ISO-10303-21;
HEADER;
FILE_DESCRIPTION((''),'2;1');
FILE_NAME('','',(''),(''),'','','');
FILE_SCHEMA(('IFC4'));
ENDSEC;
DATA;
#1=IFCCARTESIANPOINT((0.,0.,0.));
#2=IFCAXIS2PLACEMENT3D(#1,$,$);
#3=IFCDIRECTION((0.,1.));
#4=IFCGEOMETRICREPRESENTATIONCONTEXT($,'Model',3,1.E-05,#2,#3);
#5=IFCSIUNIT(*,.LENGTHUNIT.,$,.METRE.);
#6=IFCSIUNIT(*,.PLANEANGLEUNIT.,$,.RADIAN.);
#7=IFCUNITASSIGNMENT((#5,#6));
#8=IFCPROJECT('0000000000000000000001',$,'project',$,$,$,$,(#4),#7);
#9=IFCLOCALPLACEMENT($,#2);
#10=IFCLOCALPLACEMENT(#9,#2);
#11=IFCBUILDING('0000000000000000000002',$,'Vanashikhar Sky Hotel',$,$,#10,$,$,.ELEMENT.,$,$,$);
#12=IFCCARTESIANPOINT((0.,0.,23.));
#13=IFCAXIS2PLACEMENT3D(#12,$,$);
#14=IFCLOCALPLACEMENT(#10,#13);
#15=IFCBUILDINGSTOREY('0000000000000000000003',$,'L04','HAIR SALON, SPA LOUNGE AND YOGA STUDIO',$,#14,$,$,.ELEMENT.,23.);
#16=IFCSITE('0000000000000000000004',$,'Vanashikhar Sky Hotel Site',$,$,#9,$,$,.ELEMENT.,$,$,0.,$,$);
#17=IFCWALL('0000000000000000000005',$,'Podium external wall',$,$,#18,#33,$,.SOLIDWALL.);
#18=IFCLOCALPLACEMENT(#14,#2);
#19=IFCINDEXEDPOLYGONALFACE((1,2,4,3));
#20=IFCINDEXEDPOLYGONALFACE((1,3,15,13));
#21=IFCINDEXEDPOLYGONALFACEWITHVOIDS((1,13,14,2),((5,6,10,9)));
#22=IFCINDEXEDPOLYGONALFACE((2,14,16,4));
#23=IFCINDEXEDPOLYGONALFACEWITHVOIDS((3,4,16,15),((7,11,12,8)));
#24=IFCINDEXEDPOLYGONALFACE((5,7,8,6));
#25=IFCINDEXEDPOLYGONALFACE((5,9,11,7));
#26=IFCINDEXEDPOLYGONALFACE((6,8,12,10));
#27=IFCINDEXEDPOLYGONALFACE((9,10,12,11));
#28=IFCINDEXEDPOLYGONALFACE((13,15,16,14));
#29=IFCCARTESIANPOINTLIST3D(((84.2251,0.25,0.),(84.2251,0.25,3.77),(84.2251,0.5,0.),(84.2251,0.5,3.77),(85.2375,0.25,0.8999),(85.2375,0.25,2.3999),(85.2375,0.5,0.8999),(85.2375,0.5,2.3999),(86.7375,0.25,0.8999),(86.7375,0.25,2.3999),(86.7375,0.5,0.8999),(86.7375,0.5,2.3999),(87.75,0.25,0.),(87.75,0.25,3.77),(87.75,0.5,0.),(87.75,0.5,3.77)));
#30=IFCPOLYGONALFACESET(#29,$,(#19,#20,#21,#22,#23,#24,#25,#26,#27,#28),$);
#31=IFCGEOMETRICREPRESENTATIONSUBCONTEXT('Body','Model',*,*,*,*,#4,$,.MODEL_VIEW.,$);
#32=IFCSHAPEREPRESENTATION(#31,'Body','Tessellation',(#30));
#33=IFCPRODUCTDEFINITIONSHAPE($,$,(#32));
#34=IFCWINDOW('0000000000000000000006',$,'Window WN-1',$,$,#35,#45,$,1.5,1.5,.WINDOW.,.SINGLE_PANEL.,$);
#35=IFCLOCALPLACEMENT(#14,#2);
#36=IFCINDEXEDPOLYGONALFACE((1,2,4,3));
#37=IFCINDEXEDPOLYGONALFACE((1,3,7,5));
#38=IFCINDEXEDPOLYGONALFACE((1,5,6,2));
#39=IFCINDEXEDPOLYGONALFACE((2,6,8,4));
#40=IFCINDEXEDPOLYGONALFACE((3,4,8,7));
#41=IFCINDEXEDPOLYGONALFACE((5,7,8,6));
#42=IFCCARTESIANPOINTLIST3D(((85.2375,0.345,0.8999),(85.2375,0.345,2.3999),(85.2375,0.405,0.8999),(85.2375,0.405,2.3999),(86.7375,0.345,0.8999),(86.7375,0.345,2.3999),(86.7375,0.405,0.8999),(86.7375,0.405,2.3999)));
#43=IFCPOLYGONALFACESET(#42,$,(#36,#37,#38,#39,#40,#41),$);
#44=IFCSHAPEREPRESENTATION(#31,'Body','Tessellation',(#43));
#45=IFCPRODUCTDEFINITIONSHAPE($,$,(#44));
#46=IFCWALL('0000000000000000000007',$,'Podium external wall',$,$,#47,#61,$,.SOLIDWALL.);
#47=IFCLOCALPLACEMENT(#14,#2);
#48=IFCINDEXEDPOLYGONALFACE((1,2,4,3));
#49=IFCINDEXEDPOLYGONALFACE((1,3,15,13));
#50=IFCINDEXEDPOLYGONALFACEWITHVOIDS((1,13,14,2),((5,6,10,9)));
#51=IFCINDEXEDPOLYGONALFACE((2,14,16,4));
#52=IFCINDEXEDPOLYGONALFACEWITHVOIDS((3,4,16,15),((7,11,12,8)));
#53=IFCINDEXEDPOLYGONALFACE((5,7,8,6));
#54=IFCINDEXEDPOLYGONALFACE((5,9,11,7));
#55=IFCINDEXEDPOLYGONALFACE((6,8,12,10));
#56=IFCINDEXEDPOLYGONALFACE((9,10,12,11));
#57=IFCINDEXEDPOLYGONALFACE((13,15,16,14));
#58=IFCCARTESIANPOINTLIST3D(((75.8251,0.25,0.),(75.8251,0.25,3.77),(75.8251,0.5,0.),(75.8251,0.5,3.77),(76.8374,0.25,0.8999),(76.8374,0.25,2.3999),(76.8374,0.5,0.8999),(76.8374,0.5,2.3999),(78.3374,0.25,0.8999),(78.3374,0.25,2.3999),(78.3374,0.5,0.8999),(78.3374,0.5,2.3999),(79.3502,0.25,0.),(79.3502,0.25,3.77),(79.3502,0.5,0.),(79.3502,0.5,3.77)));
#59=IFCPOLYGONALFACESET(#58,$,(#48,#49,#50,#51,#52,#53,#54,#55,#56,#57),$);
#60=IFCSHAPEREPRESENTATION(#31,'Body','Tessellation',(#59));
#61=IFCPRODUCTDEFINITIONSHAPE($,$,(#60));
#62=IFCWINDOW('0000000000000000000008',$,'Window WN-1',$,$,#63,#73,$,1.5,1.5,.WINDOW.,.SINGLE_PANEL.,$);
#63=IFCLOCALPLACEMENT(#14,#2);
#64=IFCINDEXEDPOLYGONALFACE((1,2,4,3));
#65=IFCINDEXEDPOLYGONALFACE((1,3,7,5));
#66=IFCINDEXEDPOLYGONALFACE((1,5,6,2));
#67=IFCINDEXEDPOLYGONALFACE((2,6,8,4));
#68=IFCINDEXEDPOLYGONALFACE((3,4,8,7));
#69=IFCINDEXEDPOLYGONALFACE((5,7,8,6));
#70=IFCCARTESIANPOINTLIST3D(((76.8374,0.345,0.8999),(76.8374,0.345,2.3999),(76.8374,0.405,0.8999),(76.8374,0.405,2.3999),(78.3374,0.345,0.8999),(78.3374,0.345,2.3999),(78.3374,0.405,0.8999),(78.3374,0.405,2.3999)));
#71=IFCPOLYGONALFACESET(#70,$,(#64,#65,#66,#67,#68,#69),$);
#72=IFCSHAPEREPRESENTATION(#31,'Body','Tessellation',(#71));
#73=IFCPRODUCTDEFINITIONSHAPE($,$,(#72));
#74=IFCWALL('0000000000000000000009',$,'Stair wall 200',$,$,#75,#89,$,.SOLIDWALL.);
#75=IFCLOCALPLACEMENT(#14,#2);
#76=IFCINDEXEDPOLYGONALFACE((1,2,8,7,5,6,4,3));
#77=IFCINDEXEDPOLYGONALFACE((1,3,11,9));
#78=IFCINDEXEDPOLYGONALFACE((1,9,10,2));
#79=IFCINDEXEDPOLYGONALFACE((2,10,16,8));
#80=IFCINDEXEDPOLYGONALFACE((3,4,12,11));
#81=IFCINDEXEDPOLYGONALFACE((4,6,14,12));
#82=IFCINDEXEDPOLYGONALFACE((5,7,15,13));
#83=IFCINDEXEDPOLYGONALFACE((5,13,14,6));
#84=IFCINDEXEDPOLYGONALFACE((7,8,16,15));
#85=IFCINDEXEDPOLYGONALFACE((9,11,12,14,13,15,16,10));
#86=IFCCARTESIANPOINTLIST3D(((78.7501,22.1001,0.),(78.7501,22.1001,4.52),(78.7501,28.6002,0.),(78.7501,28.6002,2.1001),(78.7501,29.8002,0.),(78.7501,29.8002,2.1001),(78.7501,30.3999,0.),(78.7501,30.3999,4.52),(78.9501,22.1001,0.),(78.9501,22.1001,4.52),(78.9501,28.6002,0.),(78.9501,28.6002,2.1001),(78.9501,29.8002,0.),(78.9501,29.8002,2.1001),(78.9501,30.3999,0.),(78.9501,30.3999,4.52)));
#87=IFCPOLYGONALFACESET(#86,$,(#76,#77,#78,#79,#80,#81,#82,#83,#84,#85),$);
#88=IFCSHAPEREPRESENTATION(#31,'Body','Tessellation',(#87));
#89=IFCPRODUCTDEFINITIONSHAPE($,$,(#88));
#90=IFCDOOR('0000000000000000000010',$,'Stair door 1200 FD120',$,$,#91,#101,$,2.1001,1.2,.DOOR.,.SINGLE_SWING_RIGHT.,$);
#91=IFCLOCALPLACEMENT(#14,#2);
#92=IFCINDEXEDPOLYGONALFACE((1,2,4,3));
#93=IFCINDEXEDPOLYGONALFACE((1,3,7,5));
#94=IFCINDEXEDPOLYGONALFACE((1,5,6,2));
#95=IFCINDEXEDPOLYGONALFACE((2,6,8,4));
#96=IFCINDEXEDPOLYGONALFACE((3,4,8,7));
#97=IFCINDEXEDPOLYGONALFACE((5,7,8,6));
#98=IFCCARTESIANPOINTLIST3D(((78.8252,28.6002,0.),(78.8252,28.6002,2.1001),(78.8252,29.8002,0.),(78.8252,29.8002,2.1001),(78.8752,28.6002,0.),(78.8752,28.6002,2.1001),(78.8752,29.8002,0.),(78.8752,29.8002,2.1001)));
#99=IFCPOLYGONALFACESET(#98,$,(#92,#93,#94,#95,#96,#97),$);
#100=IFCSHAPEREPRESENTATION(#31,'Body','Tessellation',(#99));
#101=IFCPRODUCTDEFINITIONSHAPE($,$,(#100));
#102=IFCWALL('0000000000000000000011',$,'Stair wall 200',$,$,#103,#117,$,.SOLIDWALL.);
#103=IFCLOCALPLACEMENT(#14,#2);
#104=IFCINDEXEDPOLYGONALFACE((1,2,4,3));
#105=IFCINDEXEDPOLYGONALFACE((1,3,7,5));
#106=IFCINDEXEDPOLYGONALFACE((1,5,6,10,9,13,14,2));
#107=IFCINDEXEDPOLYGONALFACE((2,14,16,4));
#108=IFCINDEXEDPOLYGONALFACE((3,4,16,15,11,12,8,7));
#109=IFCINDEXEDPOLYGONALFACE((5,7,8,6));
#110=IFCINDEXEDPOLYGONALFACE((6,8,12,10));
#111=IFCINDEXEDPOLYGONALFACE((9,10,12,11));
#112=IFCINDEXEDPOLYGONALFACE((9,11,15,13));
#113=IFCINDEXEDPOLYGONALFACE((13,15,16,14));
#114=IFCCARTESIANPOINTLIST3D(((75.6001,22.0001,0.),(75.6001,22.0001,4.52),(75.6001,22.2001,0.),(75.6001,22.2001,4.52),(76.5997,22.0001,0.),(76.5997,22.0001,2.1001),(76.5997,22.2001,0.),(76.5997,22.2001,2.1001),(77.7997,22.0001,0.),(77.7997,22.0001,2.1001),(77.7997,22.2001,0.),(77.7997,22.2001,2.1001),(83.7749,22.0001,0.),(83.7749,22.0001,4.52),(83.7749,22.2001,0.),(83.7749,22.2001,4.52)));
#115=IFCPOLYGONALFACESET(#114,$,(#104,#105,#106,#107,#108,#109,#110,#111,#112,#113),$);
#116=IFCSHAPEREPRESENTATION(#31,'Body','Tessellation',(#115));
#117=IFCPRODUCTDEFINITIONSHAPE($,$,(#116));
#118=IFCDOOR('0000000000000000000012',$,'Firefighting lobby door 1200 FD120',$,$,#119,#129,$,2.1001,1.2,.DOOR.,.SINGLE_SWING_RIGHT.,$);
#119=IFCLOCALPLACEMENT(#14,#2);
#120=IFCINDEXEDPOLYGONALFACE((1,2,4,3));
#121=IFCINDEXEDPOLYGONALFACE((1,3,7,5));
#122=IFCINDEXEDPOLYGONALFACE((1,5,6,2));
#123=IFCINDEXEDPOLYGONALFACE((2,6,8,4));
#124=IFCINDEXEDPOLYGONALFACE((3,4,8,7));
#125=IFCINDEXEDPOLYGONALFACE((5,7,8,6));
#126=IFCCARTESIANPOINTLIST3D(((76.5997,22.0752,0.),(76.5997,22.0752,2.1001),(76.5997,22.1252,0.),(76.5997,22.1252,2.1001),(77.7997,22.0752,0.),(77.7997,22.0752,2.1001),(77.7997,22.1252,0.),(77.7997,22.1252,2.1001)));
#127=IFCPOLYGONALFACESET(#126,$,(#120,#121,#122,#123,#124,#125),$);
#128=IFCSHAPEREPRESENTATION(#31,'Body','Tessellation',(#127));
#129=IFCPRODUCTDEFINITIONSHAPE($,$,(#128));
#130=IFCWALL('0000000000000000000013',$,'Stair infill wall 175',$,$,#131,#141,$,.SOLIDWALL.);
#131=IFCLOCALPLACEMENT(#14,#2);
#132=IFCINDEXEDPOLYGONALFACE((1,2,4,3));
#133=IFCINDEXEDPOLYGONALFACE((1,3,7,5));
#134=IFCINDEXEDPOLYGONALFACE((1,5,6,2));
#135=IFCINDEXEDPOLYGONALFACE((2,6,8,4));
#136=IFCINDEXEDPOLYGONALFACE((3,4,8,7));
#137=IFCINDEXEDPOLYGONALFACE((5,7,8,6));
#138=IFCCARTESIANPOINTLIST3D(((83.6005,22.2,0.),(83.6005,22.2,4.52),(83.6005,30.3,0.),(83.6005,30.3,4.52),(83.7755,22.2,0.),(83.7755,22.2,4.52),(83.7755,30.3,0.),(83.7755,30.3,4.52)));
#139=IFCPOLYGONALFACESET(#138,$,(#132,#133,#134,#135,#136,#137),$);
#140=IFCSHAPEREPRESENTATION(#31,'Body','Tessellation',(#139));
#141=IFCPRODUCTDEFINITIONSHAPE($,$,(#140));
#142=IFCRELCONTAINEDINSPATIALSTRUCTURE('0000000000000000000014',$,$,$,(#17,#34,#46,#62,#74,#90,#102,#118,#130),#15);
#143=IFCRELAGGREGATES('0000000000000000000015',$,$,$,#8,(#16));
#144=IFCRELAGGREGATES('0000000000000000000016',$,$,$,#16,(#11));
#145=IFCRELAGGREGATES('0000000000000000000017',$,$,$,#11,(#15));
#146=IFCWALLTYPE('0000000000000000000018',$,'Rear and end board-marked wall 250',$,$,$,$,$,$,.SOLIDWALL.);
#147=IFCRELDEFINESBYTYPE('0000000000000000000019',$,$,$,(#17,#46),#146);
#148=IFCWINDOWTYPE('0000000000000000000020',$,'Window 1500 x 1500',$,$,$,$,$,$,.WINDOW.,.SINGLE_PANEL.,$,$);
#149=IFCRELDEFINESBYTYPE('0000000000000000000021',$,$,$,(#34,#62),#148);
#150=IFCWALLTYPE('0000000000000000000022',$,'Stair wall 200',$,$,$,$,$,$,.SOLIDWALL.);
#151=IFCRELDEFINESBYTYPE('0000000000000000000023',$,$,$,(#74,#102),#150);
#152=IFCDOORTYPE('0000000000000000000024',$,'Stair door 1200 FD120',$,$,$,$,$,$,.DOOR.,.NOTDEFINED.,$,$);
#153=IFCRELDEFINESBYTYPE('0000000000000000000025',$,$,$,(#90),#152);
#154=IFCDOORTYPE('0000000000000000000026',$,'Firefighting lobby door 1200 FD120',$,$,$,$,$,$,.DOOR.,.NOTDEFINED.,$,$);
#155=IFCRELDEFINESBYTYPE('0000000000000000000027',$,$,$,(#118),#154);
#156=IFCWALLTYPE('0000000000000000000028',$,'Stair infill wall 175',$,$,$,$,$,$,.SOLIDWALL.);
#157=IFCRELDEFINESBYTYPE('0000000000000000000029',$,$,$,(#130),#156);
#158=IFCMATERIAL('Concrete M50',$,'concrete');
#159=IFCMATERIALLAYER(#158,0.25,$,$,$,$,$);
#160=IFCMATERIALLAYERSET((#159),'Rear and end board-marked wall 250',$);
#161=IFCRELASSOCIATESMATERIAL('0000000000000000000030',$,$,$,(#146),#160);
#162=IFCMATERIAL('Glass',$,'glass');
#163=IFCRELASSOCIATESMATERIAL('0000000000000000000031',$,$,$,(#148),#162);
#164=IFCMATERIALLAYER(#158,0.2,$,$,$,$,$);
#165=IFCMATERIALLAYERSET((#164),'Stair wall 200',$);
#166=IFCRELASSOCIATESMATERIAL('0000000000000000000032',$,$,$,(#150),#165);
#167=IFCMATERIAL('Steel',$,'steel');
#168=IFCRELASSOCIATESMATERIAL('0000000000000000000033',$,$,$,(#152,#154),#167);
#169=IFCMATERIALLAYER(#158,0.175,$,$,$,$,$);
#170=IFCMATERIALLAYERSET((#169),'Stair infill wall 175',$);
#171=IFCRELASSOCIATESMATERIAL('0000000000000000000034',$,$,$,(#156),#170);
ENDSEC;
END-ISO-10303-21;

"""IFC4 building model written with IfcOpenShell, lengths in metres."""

from ifc_helpers import new_model, si_unit, direction, frame, frame_2d, origin, place, context, subcontext, project, spatial, rectangle, extrude, source, transform, mapped, material, layer, layer_set, type_object, element, fill, save


model = new_model("IFC4")

# Units and contexts
model_context = context("Model", 3, precision=1e-05, world=origin(), true_north=direction((0.0, 1.0)))
body_context = subcontext(model_context, "Body", "Model", "MODEL_VIEW")
ifc_project = project(units=[si_unit("LENGTHUNIT", "METRE"), si_unit("PLANEANGLEUNIT", "RADIAN")], contexts=[model_context])

# Site, building, storey
site_placement = place(None, origin())
site = spatial("IfcSite", under=ifc_project, at=site_placement, Name="Vanashikhar Sky Hotel Site", CompositionType="ELEMENT", RefElevation=0.0)
building_placement = place(site_placement, origin())
building = spatial("IfcBuilding", under=site, at=building_placement, Name="Vanashikhar Sky Hotel", CompositionType="ELEMENT")
storey_placement = place(building_placement, frame((0.0, 0.0, 23.0)))
storey = spatial("IfcBuildingStorey", under=building, at=storey_placement, Name="L04", Description="HAIR SALON, SPA LOUNGE AND YOGA STUDIO", CompositionType="ELEMENT", Elevation=23.0)

# Shared definitions
ifc_material_1 = material(Name="Concrete M50", Category="concrete")

# Walls, openings, windows
ifc_layer_1 = layer(ifc_material_1, 0.25)
ifc_layer_set_1 = layer_set([ifc_layer_1], Name="Rear and end board-marked wall 250")
wall_type_1 = type_object("IfcWallType", Name="Rear and end board-marked wall 250", PredefinedType="SOLIDWALL", material=ifc_layer_set_1)
shared_shape_1 = source(origin(), body_context, "Body", "SweptSolid", [
    extrude(rectangle(XDim=3.5249, YDim=0.25, at=frame_2d((1.7625, 0.0))), origin(), (0.0, 0.0, 1.0), 3.77),
])
shared_shape_2 = source(origin(), body_context, "Body", "SweptSolid", [
    extrude(rectangle(XDim=1.5, YDim=1.5, at=frame_2d((0.75, 0.75))), frame((0.0, 0.135, 0.0), z_axis=(0.0, -1.0, 0.0), x_axis=(1.0, 0.0, 0.0)), (0.0, 0.0, 1.0), 0.27),
])
ifc_material_2 = material(Name="Glass", Category="glass")
window_type = type_object("IfcWindowType", Name="Window 1500 x 1500", PartitioningType="SINGLE_PANEL", PredefinedType="WINDOW", material=ifc_material_2)
shared_shape_3 = source(origin(), body_context, "Body", "SweptSolid", [
    extrude(rectangle(XDim=1.5, YDim=1.5, at=frame_2d((0.75, 0.75))), frame((0.0, 0.03, 0.0), z_axis=(0.0, -1.0, 0.0), x_axis=(1.0, 0.0, 0.0)), (0.0, 0.0, 1.0), 0.0601),
])
wall_1_placement = place(storey_placement, frame((84.2251, 0.375, 0.0), z_axis=(0.0, 0.0, 1.0), x_axis=(1.0, 0.0, 0.0)))
wall_1 = element("IfcWall", 1, at=wall_1_placement, inside=storey, type_object=wall_type_1, Name="Podium external wall", PredefinedType="SOLIDWALL", context=body_context, shape_type="MappedRepresentation", body=[
    mapped(shared_shape_1, transform((0.0, 0.0, 0.0), scale=1.0)),
])
opening_1_placement = place(wall_1_placement, frame((1.0125, 0.0, 0.8999)))
opening_1 = element("IfcOpeningElement", 2, at=opening_1_placement, cuts=wall_1, PredefinedType="OPENING", context=body_context, shape_type="MappedRepresentation", body=[
    mapped(shared_shape_2, transform((0.0, 0.0, 0.0), scale=1.0)),
])
window_1_placement = place(opening_1_placement, origin())
window_1 = element("IfcWindow", 3, at=window_1_placement, inside=storey, type_object=window_type, Name="Window WN-1", OverallHeight=1.5, OverallWidth=1.5, PartitioningType="SINGLE_PANEL", PredefinedType="WINDOW", context=body_context, shape_type="MappedRepresentation", body=[
    mapped(shared_shape_3, transform((0.0, 0.0, 0.0), scale=1.0)),
])
fill(opening_1, window_1)
shared_shape_4 = source(origin(), body_context, "Body", "SweptSolid", [
    extrude(rectangle(XDim=3.5251, YDim=0.25, at=frame_2d((1.7627, 0.0))), origin(), (0.0, 0.0, 1.0), 3.77),
])
wall_2_placement = place(storey_placement, frame((75.825, 0.375, 0.0), z_axis=(0.0, 0.0, 1.0), x_axis=(1.0, 0.0, 0.0)))
wall_2 = element("IfcWall", 4, at=wall_2_placement, inside=storey, type_object=wall_type_1, Name="Podium external wall", PredefinedType="SOLIDWALL", context=body_context, shape_type="MappedRepresentation", body=[
    mapped(shared_shape_4, transform((0.0, 0.0, 0.0), scale=1.0)),
])
opening_2_placement = place(wall_2_placement, frame((1.0125, 0.0, 0.8999)))
opening_2 = element("IfcOpeningElement", 5, at=opening_2_placement, cuts=wall_2, PredefinedType="OPENING", context=body_context, shape_type="MappedRepresentation", body=[
    mapped(shared_shape_2, transform((0.0, 0.0, 0.0), scale=1.0)),
])
window_2_placement = place(opening_2_placement, origin())
window_2 = element("IfcWindow", 6, at=window_2_placement, inside=storey, type_object=window_type, Name="Window WN-1", OverallHeight=1.5, OverallWidth=1.5, PartitioningType="SINGLE_PANEL", PredefinedType="WINDOW", context=body_context, shape_type="MappedRepresentation", body=[
    mapped(shared_shape_3, transform((0.0, 0.0, 0.0), scale=1.0)),
])
fill(opening_2, window_2)

# Walls, openings, doors
ifc_layer_2 = layer(ifc_material_1, 0.2)
ifc_layer_set_2 = layer_set([ifc_layer_2], Name="Stair wall 200")
wall_type_2 = type_object("IfcWallType", Name="Stair wall 200", PredefinedType="SOLIDWALL", material=ifc_layer_set_2)
shared_shape_5 = source(origin(), body_context, "Body", "SweptSolid", [
    extrude(rectangle(XDim=8.2998, YDim=0.2, at=frame_2d((4.1499, 0.0))), origin(), (0.0, 0.0, 1.0), 4.52),
])
wall_3_placement = place(storey_placement, frame((78.8501, 22.1001, 0.0), z_axis=(0.0, 0.0, 1.0), x_axis=(0.0, 1.0, 0.0)))
wall_3 = element("IfcWall", 7, at=wall_3_placement, inside=storey, type_object=wall_type_2, Name="Stair wall 200", PredefinedType="SOLIDWALL", context=body_context, shape_type="MappedRepresentation", body=[
    mapped(shared_shape_5, transform((0.0, 0.0, 0.0), scale=1.0)),
])
shared_shape_6 = source(origin(), body_context, "Body", "SweptSolid", [
    extrude(rectangle(XDim=1.2, YDim=2.1001, at=frame_2d((0.6001, 1.05))), frame((0.0, 0.1099, 0.0), z_axis=(0.0, -1.0, 0.0), x_axis=(1.0, 0.0, 0.0)), (0.0, 0.0, 1.0), 0.22),
])
opening_3_placement = place(wall_3_placement, frame((6.5, 0.0, 0.0)))
opening_3 = element("IfcOpeningElement", 8, at=opening_3_placement, cuts=wall_3, PredefinedType="OPENING", context=body_context, shape_type="MappedRepresentation", body=[
    mapped(shared_shape_6, transform((0.0, 0.0, 0.0), scale=1.0)),
])
ifc_material_3 = material(Name="Steel", Category="steel")
door_type_1 = type_object("IfcDoorType", Name="Stair door 1200 FD120", OperationType="NOTDEFINED", PredefinedType="DOOR", material=ifc_material_3)
shared_shape_7 = source(origin(), body_context, "Body", "SweptSolid", [
    extrude(rectangle(XDim=1.2, YDim=2.1001, at=frame_2d((0.6001, 1.05))), frame((0.0, 0.0249, 0.0), z_axis=(0.0, -1.0, 0.0), x_axis=(1.0, 0.0, 0.0)), (0.0, 0.0, 1.0), 0.05),
])
door_1_placement = place(opening_3_placement, origin())
door_1 = element("IfcDoor", 9, at=door_1_placement, inside=storey, type_object=door_type_1, Name="Stair door 1200 FD120", OperationType="SINGLE_SWING_RIGHT", OverallHeight=2.1001, OverallWidth=1.2, PredefinedType="DOOR", context=body_context, shape_type="MappedRepresentation", body=[
    mapped(shared_shape_7, transform((0.0, 0.0, 0.0), scale=1.0)),
])
fill(opening_3, door_1)
shared_shape_8 = source(origin(), body_context, "Body", "SweptSolid", [
    extrude(rectangle(XDim=8.1748, YDim=0.2, at=frame_2d((4.0874, 0.0))), origin(), (0.0, 0.0, 1.0), 4.52),
])
wall_4_placement = place(storey_placement, frame((83.7749, 22.1001, 0.0), z_axis=(0.0, 0.0, 1.0), x_axis=(-1.0, 0.0, 0.0)))
wall_4 = element("IfcWall", 10, at=wall_4_placement, inside=storey, type_object=wall_type_2, Name="Stair wall 200", PredefinedType="SOLIDWALL", context=body_context, shape_type="MappedRepresentation", body=[
    mapped(shared_shape_8, transform((0.0, 0.0, 0.0), scale=1.0)),
])
opening_4_placement = place(wall_4_placement, frame((5.9751, 0.0, 0.0)))
opening_4 = element("IfcOpeningElement", 11, at=opening_4_placement, cuts=wall_4, PredefinedType="OPENING", context=body_context, shape_type="MappedRepresentation", body=[
    mapped(shared_shape_6, transform((0.0, 0.0, 0.0), scale=1.0)),
])
door_type_2 = type_object("IfcDoorType", Name="Firefighting lobby door 1200 FD120", OperationType="NOTDEFINED", PredefinedType="DOOR", material=ifc_material_3)
door_2_placement = place(opening_4_placement, origin())
door_2 = element("IfcDoor", 12, at=door_2_placement, inside=storey, type_object=door_type_2, Name="Firefighting lobby door 1200 FD120", OperationType="SINGLE_SWING_RIGHT", OverallHeight=2.1001, OverallWidth=1.2, PredefinedType="DOOR", context=body_context, shape_type="MappedRepresentation", body=[
    mapped(shared_shape_7, transform((0.0, 0.0, 0.0), scale=1.0)),
])
fill(opening_4, door_2)

# Wall
ifc_layer_3 = layer(ifc_material_1, 0.175)
ifc_layer_set_3 = layer_set([ifc_layer_3], Name="Stair infill wall 175")
wall_type_3 = type_object("IfcWallType", Name="Stair infill wall 175", PredefinedType="SOLIDWALL", material=ifc_layer_set_3)
shared_shape_9 = source(origin(), body_context, "Body", "SweptSolid", [
    extrude(rectangle(XDim=8.1001, YDim=0.175, at=frame_2d((4.05, 0.0))), origin(), (0.0, 0.0, 1.0), 4.52),
])
wall_5_placement = place(storey_placement, frame((83.688, 22.2, 0.0), z_axis=(0.0, 0.0, 1.0), x_axis=(0.0, 1.0, 0.0)))
element("IfcWall", 13, at=wall_5_placement, inside=storey, type_object=wall_type_3, Name="Stair infill wall 175", PredefinedType="SOLIDWALL", context=body_context, shape_type="MappedRepresentation", body=[
    mapped(shared_shape_9, transform((0.0, 0.0, 0.0), scale=1.0)),
])

save(model, "model.ifc")
